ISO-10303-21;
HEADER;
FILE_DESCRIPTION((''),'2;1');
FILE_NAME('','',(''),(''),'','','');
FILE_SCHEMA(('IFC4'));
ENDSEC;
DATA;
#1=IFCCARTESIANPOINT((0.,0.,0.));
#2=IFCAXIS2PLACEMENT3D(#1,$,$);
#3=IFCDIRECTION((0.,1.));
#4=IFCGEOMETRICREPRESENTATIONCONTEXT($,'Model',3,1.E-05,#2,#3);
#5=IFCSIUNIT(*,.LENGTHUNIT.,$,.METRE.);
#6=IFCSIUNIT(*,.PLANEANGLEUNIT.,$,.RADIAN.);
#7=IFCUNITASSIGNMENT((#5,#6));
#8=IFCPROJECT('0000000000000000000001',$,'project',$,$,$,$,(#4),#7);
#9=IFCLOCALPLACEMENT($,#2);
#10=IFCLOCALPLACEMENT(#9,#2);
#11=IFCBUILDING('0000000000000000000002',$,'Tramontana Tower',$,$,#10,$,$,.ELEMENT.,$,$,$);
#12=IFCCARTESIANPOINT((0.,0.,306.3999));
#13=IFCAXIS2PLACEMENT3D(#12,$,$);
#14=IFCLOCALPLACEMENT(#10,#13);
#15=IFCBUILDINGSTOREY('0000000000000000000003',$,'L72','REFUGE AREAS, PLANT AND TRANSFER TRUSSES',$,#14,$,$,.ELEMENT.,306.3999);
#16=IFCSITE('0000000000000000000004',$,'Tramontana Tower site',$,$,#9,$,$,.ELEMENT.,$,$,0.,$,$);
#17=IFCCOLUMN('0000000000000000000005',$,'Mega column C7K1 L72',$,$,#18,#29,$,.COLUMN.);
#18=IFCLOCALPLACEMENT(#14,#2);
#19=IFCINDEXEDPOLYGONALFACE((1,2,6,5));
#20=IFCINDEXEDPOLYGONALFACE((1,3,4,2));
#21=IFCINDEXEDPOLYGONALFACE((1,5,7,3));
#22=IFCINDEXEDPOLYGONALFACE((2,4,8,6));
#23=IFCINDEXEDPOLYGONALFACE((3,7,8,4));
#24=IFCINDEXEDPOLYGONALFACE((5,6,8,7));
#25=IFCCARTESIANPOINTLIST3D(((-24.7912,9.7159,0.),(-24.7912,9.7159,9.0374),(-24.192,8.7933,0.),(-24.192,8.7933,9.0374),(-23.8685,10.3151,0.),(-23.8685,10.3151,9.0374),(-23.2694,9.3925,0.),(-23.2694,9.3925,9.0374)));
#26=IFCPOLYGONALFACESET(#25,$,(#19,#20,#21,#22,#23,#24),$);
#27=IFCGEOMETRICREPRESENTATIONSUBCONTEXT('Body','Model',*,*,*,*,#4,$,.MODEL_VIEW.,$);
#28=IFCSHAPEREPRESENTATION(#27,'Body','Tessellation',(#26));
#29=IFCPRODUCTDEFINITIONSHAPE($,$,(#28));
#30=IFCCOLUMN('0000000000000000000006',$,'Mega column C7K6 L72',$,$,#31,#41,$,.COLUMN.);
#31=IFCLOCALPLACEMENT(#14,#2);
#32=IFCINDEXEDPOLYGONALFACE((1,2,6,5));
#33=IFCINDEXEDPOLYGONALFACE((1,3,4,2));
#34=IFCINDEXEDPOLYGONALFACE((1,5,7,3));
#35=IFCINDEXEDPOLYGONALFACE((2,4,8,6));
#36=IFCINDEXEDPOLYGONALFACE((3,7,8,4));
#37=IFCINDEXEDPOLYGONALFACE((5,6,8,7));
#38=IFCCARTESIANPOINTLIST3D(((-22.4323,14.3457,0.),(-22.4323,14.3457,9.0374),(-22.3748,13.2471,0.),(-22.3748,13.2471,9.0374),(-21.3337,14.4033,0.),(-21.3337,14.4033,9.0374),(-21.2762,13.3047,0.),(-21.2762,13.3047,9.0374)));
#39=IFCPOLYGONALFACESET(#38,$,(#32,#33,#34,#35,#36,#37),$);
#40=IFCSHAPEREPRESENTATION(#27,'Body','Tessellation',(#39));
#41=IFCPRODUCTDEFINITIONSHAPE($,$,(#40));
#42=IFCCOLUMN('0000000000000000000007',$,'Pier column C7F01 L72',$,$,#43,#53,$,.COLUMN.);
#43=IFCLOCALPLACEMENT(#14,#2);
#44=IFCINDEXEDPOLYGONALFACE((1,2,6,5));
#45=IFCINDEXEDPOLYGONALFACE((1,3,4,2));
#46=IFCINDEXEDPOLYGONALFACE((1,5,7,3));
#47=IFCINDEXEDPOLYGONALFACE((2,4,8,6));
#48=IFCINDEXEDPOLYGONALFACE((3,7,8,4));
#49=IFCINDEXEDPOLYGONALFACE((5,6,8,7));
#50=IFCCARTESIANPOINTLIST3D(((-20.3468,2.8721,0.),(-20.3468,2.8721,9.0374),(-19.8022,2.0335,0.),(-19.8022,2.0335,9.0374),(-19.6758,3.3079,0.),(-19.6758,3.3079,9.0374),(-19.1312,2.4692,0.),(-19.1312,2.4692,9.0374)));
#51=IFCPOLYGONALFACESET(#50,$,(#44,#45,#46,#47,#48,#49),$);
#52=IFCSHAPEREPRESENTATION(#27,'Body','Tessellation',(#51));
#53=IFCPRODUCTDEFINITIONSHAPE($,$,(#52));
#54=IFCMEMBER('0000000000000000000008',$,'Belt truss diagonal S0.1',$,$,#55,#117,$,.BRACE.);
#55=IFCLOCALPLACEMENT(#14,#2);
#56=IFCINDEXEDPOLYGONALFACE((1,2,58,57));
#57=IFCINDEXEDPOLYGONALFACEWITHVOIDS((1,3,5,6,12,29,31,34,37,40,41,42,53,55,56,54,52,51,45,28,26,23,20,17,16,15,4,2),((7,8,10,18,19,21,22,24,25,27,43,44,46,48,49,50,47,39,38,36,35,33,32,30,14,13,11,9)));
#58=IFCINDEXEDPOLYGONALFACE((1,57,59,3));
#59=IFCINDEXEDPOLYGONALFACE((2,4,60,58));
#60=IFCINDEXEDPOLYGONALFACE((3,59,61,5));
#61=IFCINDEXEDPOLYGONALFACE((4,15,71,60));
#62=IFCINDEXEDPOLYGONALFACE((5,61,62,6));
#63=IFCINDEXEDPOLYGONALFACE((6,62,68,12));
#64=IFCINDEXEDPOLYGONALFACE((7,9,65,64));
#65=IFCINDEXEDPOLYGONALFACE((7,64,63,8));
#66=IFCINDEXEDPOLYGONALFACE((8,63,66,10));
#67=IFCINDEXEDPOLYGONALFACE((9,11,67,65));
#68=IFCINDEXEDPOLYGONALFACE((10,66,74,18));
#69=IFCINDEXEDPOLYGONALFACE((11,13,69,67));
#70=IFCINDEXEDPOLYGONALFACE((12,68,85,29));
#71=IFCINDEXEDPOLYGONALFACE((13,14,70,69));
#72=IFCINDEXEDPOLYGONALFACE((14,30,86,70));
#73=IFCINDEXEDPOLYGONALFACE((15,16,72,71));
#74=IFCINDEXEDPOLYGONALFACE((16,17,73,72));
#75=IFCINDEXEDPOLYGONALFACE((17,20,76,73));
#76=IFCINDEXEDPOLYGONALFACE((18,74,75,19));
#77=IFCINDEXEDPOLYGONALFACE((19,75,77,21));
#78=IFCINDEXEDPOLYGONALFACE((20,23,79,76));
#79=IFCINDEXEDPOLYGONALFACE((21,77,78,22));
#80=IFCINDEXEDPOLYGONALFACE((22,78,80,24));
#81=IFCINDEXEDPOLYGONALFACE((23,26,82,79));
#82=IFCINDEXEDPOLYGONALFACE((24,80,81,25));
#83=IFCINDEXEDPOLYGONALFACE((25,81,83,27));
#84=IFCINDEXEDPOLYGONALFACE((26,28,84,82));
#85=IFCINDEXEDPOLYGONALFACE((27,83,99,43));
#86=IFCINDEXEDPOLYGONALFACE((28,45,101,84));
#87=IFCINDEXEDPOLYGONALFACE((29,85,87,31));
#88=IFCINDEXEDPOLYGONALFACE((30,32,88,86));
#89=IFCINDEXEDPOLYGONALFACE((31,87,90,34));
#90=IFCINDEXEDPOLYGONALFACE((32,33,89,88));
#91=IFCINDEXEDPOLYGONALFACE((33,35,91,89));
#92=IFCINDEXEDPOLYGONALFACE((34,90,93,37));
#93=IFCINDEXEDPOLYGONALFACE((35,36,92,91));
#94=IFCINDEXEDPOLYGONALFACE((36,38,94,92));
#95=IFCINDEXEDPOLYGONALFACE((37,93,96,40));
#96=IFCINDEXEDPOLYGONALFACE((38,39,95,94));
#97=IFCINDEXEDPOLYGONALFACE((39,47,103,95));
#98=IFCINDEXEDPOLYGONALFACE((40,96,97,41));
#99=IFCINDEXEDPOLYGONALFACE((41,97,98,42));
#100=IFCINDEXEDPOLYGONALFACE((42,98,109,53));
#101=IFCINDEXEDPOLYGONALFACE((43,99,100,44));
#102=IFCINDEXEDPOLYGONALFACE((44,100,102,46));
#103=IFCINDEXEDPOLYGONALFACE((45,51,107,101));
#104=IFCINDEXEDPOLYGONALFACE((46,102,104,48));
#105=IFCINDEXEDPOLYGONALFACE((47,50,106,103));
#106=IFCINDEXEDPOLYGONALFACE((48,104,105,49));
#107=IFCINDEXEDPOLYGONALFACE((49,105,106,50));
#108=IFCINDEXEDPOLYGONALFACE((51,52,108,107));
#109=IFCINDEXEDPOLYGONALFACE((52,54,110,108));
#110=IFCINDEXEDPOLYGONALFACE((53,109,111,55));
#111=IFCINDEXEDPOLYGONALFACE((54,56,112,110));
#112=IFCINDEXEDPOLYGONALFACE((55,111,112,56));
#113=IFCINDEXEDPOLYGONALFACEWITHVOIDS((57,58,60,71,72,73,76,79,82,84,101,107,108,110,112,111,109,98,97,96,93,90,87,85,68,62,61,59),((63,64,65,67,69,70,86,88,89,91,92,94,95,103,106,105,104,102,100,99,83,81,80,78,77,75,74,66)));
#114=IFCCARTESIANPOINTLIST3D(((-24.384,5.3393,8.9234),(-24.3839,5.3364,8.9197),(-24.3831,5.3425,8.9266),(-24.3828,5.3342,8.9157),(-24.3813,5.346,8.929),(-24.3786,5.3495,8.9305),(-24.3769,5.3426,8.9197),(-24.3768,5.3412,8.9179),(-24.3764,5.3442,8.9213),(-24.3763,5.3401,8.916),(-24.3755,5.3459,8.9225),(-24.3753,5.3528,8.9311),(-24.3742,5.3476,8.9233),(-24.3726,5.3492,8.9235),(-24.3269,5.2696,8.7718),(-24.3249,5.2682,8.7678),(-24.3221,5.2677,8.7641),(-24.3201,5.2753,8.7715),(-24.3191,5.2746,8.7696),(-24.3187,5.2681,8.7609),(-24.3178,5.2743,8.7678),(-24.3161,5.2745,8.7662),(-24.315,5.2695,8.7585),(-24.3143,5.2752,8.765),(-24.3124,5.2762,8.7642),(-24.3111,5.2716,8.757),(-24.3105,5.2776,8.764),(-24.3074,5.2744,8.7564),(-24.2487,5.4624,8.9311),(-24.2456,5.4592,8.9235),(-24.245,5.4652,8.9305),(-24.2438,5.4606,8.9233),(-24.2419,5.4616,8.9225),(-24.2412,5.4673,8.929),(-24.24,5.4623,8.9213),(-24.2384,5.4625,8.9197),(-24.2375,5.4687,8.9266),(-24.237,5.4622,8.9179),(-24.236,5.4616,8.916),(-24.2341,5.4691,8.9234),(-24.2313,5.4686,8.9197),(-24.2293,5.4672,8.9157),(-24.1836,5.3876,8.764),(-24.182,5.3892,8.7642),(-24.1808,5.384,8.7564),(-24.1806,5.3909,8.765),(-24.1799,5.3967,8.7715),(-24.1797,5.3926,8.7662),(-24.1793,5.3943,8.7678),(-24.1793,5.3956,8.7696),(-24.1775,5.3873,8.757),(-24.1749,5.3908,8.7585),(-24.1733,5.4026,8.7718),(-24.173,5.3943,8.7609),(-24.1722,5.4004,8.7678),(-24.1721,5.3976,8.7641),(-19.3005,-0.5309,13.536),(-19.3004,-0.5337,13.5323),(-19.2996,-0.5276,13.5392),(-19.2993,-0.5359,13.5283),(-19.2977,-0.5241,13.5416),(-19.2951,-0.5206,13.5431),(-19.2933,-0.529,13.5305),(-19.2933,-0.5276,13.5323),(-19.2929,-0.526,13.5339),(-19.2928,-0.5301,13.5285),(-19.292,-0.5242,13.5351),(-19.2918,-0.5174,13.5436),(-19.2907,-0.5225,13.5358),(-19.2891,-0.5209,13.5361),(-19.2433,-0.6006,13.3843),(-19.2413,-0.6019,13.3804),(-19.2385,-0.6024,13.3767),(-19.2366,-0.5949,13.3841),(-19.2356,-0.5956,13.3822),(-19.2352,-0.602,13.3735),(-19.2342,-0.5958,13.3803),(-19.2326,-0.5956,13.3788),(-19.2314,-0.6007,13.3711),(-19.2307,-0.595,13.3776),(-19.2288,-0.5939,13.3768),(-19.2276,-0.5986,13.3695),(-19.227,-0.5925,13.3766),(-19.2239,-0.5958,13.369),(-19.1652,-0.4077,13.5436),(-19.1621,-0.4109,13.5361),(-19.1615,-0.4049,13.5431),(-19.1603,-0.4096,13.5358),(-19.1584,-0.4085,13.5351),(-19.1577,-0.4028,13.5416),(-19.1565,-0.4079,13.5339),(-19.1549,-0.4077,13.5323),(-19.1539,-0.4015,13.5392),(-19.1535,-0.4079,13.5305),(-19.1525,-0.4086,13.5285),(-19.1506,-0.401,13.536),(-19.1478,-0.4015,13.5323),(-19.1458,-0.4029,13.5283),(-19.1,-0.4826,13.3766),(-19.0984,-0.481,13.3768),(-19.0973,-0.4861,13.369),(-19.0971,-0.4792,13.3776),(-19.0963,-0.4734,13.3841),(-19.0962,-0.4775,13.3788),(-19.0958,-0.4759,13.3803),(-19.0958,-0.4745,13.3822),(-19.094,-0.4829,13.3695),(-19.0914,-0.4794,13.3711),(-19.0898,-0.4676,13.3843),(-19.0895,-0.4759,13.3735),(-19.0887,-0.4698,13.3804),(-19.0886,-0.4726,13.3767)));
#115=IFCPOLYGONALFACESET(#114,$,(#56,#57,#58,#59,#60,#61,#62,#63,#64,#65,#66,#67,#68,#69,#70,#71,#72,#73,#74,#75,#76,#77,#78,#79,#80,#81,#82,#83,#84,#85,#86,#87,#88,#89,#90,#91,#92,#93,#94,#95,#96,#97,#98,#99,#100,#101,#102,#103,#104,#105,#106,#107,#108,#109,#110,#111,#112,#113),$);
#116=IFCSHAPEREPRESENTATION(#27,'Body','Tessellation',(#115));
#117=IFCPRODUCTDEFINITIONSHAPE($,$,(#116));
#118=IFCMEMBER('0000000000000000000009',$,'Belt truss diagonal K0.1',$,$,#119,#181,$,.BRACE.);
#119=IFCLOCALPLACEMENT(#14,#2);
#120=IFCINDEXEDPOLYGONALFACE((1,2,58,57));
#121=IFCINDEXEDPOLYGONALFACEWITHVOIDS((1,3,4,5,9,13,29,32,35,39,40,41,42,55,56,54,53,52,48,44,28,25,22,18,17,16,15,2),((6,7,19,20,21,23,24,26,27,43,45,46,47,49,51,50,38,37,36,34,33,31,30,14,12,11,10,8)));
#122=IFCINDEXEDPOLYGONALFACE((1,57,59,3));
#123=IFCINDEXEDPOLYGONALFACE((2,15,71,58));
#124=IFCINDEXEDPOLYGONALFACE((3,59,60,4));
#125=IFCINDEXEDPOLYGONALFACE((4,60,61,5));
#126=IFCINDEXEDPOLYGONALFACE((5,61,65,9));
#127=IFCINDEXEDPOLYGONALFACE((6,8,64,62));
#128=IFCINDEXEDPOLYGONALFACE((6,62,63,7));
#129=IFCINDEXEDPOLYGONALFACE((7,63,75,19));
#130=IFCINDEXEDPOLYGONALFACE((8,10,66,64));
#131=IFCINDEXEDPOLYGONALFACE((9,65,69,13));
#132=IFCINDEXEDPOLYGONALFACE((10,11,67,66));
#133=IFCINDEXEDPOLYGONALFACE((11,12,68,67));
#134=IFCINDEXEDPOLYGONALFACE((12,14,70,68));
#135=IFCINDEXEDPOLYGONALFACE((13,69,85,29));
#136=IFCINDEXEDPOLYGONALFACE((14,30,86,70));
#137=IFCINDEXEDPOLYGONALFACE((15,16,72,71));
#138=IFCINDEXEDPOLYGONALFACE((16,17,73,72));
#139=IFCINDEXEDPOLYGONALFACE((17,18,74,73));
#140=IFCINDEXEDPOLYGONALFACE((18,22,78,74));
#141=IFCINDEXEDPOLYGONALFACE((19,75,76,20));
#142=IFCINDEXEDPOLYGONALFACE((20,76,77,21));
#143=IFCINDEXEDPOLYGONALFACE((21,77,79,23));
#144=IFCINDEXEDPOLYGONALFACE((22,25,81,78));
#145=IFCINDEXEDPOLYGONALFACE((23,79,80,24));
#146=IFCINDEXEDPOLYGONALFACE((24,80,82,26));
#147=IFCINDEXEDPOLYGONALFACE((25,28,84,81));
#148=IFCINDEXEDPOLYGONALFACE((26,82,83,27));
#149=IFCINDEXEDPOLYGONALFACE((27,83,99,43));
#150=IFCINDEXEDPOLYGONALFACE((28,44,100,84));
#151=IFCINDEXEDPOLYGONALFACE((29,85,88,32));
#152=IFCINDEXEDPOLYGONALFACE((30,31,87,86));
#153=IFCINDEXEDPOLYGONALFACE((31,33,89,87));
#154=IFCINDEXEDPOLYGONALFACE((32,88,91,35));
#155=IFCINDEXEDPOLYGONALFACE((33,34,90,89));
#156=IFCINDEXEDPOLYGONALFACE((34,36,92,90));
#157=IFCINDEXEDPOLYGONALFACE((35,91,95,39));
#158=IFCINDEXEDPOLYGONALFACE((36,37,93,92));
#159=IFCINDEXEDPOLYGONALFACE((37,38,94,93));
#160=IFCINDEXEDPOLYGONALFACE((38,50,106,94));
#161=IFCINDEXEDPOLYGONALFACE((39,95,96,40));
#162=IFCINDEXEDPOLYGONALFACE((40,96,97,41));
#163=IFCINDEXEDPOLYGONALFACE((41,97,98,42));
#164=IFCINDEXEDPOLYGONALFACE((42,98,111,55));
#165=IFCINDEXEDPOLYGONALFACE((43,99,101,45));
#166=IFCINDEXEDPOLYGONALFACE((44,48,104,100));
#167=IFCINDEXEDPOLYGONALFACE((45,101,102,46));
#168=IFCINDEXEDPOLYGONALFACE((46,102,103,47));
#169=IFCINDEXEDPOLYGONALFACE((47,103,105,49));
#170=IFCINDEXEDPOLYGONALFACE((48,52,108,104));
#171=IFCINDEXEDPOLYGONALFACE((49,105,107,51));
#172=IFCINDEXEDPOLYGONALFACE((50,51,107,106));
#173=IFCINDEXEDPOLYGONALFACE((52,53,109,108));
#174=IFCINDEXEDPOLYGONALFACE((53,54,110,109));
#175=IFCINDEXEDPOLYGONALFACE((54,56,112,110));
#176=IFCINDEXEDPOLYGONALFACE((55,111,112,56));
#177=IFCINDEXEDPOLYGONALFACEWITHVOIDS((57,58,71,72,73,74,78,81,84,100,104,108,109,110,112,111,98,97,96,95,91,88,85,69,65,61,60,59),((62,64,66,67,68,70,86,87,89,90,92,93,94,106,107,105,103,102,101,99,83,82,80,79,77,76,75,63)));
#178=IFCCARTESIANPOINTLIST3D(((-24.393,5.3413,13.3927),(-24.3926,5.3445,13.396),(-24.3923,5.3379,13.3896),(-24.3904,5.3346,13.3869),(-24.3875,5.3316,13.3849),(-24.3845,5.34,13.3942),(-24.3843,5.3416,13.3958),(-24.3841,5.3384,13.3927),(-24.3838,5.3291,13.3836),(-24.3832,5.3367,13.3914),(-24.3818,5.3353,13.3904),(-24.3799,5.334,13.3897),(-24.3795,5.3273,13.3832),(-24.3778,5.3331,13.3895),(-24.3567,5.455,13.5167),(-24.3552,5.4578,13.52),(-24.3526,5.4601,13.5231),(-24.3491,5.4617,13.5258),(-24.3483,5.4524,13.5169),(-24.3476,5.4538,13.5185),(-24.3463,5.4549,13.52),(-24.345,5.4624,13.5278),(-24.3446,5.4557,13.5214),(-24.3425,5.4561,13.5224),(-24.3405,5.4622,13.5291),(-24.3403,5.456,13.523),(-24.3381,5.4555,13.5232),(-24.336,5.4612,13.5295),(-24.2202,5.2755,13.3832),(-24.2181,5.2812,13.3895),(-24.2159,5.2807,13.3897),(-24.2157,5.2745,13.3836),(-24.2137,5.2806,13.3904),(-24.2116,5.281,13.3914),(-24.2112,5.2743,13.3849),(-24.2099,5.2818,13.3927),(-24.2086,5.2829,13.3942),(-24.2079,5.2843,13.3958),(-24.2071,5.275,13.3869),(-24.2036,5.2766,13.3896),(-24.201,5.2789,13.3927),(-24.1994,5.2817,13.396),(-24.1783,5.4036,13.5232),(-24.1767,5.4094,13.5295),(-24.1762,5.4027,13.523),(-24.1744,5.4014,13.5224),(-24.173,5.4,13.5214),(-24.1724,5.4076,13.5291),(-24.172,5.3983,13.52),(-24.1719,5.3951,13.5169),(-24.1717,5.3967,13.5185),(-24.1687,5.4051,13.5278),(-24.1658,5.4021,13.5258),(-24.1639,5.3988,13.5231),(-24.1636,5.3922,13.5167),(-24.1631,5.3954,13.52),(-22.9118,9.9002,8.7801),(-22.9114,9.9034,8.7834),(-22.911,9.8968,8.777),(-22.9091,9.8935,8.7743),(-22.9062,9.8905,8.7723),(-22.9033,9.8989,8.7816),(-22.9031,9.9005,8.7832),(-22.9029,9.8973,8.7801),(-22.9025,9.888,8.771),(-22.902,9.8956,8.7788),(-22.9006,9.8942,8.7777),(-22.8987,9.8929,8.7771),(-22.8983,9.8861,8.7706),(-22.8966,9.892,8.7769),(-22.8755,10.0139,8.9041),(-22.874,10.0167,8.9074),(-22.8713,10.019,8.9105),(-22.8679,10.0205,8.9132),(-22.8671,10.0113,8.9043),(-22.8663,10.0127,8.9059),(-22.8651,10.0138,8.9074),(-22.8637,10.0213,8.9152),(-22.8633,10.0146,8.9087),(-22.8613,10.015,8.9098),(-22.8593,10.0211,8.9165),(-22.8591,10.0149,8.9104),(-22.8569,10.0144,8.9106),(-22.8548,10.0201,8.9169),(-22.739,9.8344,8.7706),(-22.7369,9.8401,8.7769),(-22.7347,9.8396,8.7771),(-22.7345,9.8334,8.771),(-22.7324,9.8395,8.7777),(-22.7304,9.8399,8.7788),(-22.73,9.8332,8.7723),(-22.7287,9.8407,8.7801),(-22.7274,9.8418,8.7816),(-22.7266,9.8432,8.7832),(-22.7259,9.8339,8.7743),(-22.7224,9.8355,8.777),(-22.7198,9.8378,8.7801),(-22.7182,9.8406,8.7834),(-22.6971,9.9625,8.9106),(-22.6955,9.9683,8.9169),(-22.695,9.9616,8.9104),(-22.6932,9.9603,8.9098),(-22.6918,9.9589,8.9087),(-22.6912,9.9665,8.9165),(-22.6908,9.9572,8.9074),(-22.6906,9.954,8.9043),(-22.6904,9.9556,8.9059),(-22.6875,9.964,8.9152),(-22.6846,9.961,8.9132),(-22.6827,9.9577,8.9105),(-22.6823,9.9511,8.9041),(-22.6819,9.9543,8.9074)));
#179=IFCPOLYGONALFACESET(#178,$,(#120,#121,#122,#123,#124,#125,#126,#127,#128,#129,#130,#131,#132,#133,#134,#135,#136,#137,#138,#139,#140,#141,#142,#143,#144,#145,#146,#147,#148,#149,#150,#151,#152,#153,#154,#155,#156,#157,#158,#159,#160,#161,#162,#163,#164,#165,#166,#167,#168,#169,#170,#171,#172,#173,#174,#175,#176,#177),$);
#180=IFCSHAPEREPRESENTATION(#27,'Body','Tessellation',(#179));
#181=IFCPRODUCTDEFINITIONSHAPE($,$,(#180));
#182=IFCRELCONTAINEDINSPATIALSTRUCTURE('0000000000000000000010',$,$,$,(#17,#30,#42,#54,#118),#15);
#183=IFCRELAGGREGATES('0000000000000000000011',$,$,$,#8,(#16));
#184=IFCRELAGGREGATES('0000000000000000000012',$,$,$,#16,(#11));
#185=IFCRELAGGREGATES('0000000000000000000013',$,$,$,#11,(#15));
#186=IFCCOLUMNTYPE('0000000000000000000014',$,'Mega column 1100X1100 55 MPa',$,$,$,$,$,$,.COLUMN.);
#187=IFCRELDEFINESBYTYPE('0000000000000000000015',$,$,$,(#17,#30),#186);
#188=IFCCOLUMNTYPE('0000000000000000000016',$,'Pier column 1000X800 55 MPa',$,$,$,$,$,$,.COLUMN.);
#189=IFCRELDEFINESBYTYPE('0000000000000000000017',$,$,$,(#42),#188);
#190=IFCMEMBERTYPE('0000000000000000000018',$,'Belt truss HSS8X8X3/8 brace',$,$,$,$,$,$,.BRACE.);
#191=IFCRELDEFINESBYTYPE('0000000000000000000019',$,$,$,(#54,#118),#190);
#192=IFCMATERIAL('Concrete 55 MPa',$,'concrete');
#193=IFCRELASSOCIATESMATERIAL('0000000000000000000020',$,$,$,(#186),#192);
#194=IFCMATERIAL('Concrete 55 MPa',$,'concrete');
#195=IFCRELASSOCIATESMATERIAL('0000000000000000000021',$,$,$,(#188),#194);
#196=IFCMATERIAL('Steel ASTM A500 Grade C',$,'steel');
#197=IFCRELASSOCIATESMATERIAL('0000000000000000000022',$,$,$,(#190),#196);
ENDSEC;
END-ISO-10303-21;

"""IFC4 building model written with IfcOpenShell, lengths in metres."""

from ifc_helpers import new_model, si_unit, direction, frame, origin, origin_2d, place, context, subcontext, project, spatial, rectangle, hollow_rectangle, extrude, material, material_profile, profile_set, type_object, element, save


model = new_model("IFC4")

# Units and contexts
model_context = context("Model", 3, precision=1e-05, world=origin(), true_north=direction((0.0, 1.0)))
body_context = subcontext(model_context, "Body", "Model", "MODEL_VIEW")
ifc_project = project(units=[si_unit("LENGTHUNIT", "METRE"), si_unit("PLANEANGLEUNIT", "RADIAN")], contexts=[model_context])

# Site, building, storey
site_placement = place(None, origin())
site = spatial("IfcSite", under=ifc_project, at=site_placement, Name="Tramontana Tower site", CompositionType="ELEMENT", RefElevation=0.0)
building_placement = place(site_placement, origin())
building = spatial("IfcBuilding", under=site, at=building_placement, Name="Tramontana Tower", CompositionType="ELEMENT")
storey_placement = place(building_placement, frame((0.0, 0.0, 306.3999)))
storey = spatial("IfcBuildingStorey", under=building, at=storey_placement, Name="L72", Description="REFUGE AREAS, PLANT AND TRANSFER TRUSSES", CompositionType="ELEMENT", Elevation=306.3999)

# Columns
ifc_material_1 = material(Name="Concrete 55 MPa", Category="concrete")
ifc_material_profile_1 = material_profile(ifc_material_1, rectangle(XDim=1.1001, YDim=1.1001, at=origin_2d()), Name="Mega column 1100X1100 55 MPa")
ifc_profile_set_1 = profile_set([ifc_material_profile_1], Name="Concrete 55 MPa")
column_type_1 = type_object("IfcColumnType", Name="Mega column 1100X1100 55 MPa", PredefinedType="COLUMN", material=ifc_profile_set_1)
for number, where, z_axis, x_axis, name in (
    (1, (-24.0303, 9.5542, 0.0), (0.0, 0.0, 1.0), (0.544639, -0.838671, 0.0), "Mega column C7K1 L72"),
    (2, (-21.8542, 13.8252, 0.0), (0.0, 0.0, 1.0), (-0.99863, -0.052336, 0.0), "Mega column C7K6 L72"),
):
    element("IfcColumn", number, at=place(storey_placement, frame(where, z_axis=z_axis, x_axis=x_axis)), inside=storey, type_object=column_type_1, Name=name, PredefinedType="COLUMN", context=body_context, shape_type="SweptSolid", body=[
        extrude(rectangle(XDim=1.1001, YDim=1.1001, at=origin_2d()), origin(), (0.0, 0.0, 1.0), 9.0374),
    ])
ifc_material_2 = material(Name="Concrete 55 MPa", Category="concrete")
ifc_material_profile_2 = material_profile(ifc_material_2, rectangle(XDim=1.0, YDim=0.8, at=origin_2d()), Name="Pier column 1000X800 55 MPa")
ifc_profile_set_2 = profile_set([ifc_material_profile_2], Name="Concrete 55 MPa")
column_type_2 = type_object("IfcColumnType", Name="Pier column 1000X800 55 MPa", PredefinedType="COLUMN", material=ifc_profile_set_2)
column_placement = place(storey_placement, frame((-19.739, 2.6707, 0.0), z_axis=(0.0, 0.0, 1.0), x_axis=(0.544639, -0.838671, 0.0)))
element("IfcColumn", 3, at=column_placement, inside=storey, type_object=column_type_2, Name="Pier column C7F01 L72", PredefinedType="COLUMN", context=body_context, shape_type="SweptSolid", body=[
    extrude(rectangle(XDim=1.0, YDim=0.8, at=origin_2d()), origin(), (0.0, 0.0, 1.0), 9.0374),
])

# Members
ifc_material_3 = material(Name="Steel ASTM A500 Grade C", Category="steel")
ifc_material_profile_3 = material_profile(ifc_material_3, hollow_rectangle(XDim=0.2031, YDim=0.2031, WallThickness=0.0088, InnerFilletRadius=0.0088, OuterFilletRadius=0.0178, at=origin_2d()), Name="HSS8X8X3/8")
ifc_profile_set_3 = profile_set([ifc_material_profile_3], Name="Steel ASTM A500 Grade C")
member_type_1 = type_object("IfcMemberType", Name="Belt truss HSS8X8X3/8 brace", PredefinedType="BRACE", material=ifc_profile_set_3)
member_1_placement = place(storey_placement, frame((-24.2781, 5.3684, 8.8438), z_axis=(0.562836, -0.649929, 0.510693), x_axis=(0.75594, 0.654641, 0.0)))
element("IfcMember", 4, at=member_1_placement, inside=storey, type_object=member_type_1, Name="Belt truss diagonal S0.1", PredefinedType="BRACE", context=body_context, shape_type="SweptSolid", body=[
    extrude(hollow_rectangle(XDim=0.2031, YDim=0.2031, WallThickness=0.0088, InnerFilletRadius=0.0088, OuterFilletRadius=0.0178, at=origin_2d()), origin(), (0.0, 0.0, 1.0), 9.032),
])
member_2_placement = place(storey_placement, frame((-22.7969, 9.9272, 8.8438), z_axis=(-0.222661, -0.685307, 0.693381), x_axis=(0.95106, -0.309007, 0.0)))
element("IfcMember", 5, at=member_2_placement, inside=storey, type_object=member_type_1, Name="Belt truss diagonal K0.1", PredefinedType="BRACE", context=body_context, shape_type="SweptSolid", body=[
    extrude(hollow_rectangle(XDim=0.2031, YDim=0.2031, WallThickness=0.0088, InnerFilletRadius=0.0088, OuterFilletRadius=0.0178, at=origin_2d()), origin(), (0.0, 0.0, 1.0), 6.6523),
])

save(model, "model.ifc")
